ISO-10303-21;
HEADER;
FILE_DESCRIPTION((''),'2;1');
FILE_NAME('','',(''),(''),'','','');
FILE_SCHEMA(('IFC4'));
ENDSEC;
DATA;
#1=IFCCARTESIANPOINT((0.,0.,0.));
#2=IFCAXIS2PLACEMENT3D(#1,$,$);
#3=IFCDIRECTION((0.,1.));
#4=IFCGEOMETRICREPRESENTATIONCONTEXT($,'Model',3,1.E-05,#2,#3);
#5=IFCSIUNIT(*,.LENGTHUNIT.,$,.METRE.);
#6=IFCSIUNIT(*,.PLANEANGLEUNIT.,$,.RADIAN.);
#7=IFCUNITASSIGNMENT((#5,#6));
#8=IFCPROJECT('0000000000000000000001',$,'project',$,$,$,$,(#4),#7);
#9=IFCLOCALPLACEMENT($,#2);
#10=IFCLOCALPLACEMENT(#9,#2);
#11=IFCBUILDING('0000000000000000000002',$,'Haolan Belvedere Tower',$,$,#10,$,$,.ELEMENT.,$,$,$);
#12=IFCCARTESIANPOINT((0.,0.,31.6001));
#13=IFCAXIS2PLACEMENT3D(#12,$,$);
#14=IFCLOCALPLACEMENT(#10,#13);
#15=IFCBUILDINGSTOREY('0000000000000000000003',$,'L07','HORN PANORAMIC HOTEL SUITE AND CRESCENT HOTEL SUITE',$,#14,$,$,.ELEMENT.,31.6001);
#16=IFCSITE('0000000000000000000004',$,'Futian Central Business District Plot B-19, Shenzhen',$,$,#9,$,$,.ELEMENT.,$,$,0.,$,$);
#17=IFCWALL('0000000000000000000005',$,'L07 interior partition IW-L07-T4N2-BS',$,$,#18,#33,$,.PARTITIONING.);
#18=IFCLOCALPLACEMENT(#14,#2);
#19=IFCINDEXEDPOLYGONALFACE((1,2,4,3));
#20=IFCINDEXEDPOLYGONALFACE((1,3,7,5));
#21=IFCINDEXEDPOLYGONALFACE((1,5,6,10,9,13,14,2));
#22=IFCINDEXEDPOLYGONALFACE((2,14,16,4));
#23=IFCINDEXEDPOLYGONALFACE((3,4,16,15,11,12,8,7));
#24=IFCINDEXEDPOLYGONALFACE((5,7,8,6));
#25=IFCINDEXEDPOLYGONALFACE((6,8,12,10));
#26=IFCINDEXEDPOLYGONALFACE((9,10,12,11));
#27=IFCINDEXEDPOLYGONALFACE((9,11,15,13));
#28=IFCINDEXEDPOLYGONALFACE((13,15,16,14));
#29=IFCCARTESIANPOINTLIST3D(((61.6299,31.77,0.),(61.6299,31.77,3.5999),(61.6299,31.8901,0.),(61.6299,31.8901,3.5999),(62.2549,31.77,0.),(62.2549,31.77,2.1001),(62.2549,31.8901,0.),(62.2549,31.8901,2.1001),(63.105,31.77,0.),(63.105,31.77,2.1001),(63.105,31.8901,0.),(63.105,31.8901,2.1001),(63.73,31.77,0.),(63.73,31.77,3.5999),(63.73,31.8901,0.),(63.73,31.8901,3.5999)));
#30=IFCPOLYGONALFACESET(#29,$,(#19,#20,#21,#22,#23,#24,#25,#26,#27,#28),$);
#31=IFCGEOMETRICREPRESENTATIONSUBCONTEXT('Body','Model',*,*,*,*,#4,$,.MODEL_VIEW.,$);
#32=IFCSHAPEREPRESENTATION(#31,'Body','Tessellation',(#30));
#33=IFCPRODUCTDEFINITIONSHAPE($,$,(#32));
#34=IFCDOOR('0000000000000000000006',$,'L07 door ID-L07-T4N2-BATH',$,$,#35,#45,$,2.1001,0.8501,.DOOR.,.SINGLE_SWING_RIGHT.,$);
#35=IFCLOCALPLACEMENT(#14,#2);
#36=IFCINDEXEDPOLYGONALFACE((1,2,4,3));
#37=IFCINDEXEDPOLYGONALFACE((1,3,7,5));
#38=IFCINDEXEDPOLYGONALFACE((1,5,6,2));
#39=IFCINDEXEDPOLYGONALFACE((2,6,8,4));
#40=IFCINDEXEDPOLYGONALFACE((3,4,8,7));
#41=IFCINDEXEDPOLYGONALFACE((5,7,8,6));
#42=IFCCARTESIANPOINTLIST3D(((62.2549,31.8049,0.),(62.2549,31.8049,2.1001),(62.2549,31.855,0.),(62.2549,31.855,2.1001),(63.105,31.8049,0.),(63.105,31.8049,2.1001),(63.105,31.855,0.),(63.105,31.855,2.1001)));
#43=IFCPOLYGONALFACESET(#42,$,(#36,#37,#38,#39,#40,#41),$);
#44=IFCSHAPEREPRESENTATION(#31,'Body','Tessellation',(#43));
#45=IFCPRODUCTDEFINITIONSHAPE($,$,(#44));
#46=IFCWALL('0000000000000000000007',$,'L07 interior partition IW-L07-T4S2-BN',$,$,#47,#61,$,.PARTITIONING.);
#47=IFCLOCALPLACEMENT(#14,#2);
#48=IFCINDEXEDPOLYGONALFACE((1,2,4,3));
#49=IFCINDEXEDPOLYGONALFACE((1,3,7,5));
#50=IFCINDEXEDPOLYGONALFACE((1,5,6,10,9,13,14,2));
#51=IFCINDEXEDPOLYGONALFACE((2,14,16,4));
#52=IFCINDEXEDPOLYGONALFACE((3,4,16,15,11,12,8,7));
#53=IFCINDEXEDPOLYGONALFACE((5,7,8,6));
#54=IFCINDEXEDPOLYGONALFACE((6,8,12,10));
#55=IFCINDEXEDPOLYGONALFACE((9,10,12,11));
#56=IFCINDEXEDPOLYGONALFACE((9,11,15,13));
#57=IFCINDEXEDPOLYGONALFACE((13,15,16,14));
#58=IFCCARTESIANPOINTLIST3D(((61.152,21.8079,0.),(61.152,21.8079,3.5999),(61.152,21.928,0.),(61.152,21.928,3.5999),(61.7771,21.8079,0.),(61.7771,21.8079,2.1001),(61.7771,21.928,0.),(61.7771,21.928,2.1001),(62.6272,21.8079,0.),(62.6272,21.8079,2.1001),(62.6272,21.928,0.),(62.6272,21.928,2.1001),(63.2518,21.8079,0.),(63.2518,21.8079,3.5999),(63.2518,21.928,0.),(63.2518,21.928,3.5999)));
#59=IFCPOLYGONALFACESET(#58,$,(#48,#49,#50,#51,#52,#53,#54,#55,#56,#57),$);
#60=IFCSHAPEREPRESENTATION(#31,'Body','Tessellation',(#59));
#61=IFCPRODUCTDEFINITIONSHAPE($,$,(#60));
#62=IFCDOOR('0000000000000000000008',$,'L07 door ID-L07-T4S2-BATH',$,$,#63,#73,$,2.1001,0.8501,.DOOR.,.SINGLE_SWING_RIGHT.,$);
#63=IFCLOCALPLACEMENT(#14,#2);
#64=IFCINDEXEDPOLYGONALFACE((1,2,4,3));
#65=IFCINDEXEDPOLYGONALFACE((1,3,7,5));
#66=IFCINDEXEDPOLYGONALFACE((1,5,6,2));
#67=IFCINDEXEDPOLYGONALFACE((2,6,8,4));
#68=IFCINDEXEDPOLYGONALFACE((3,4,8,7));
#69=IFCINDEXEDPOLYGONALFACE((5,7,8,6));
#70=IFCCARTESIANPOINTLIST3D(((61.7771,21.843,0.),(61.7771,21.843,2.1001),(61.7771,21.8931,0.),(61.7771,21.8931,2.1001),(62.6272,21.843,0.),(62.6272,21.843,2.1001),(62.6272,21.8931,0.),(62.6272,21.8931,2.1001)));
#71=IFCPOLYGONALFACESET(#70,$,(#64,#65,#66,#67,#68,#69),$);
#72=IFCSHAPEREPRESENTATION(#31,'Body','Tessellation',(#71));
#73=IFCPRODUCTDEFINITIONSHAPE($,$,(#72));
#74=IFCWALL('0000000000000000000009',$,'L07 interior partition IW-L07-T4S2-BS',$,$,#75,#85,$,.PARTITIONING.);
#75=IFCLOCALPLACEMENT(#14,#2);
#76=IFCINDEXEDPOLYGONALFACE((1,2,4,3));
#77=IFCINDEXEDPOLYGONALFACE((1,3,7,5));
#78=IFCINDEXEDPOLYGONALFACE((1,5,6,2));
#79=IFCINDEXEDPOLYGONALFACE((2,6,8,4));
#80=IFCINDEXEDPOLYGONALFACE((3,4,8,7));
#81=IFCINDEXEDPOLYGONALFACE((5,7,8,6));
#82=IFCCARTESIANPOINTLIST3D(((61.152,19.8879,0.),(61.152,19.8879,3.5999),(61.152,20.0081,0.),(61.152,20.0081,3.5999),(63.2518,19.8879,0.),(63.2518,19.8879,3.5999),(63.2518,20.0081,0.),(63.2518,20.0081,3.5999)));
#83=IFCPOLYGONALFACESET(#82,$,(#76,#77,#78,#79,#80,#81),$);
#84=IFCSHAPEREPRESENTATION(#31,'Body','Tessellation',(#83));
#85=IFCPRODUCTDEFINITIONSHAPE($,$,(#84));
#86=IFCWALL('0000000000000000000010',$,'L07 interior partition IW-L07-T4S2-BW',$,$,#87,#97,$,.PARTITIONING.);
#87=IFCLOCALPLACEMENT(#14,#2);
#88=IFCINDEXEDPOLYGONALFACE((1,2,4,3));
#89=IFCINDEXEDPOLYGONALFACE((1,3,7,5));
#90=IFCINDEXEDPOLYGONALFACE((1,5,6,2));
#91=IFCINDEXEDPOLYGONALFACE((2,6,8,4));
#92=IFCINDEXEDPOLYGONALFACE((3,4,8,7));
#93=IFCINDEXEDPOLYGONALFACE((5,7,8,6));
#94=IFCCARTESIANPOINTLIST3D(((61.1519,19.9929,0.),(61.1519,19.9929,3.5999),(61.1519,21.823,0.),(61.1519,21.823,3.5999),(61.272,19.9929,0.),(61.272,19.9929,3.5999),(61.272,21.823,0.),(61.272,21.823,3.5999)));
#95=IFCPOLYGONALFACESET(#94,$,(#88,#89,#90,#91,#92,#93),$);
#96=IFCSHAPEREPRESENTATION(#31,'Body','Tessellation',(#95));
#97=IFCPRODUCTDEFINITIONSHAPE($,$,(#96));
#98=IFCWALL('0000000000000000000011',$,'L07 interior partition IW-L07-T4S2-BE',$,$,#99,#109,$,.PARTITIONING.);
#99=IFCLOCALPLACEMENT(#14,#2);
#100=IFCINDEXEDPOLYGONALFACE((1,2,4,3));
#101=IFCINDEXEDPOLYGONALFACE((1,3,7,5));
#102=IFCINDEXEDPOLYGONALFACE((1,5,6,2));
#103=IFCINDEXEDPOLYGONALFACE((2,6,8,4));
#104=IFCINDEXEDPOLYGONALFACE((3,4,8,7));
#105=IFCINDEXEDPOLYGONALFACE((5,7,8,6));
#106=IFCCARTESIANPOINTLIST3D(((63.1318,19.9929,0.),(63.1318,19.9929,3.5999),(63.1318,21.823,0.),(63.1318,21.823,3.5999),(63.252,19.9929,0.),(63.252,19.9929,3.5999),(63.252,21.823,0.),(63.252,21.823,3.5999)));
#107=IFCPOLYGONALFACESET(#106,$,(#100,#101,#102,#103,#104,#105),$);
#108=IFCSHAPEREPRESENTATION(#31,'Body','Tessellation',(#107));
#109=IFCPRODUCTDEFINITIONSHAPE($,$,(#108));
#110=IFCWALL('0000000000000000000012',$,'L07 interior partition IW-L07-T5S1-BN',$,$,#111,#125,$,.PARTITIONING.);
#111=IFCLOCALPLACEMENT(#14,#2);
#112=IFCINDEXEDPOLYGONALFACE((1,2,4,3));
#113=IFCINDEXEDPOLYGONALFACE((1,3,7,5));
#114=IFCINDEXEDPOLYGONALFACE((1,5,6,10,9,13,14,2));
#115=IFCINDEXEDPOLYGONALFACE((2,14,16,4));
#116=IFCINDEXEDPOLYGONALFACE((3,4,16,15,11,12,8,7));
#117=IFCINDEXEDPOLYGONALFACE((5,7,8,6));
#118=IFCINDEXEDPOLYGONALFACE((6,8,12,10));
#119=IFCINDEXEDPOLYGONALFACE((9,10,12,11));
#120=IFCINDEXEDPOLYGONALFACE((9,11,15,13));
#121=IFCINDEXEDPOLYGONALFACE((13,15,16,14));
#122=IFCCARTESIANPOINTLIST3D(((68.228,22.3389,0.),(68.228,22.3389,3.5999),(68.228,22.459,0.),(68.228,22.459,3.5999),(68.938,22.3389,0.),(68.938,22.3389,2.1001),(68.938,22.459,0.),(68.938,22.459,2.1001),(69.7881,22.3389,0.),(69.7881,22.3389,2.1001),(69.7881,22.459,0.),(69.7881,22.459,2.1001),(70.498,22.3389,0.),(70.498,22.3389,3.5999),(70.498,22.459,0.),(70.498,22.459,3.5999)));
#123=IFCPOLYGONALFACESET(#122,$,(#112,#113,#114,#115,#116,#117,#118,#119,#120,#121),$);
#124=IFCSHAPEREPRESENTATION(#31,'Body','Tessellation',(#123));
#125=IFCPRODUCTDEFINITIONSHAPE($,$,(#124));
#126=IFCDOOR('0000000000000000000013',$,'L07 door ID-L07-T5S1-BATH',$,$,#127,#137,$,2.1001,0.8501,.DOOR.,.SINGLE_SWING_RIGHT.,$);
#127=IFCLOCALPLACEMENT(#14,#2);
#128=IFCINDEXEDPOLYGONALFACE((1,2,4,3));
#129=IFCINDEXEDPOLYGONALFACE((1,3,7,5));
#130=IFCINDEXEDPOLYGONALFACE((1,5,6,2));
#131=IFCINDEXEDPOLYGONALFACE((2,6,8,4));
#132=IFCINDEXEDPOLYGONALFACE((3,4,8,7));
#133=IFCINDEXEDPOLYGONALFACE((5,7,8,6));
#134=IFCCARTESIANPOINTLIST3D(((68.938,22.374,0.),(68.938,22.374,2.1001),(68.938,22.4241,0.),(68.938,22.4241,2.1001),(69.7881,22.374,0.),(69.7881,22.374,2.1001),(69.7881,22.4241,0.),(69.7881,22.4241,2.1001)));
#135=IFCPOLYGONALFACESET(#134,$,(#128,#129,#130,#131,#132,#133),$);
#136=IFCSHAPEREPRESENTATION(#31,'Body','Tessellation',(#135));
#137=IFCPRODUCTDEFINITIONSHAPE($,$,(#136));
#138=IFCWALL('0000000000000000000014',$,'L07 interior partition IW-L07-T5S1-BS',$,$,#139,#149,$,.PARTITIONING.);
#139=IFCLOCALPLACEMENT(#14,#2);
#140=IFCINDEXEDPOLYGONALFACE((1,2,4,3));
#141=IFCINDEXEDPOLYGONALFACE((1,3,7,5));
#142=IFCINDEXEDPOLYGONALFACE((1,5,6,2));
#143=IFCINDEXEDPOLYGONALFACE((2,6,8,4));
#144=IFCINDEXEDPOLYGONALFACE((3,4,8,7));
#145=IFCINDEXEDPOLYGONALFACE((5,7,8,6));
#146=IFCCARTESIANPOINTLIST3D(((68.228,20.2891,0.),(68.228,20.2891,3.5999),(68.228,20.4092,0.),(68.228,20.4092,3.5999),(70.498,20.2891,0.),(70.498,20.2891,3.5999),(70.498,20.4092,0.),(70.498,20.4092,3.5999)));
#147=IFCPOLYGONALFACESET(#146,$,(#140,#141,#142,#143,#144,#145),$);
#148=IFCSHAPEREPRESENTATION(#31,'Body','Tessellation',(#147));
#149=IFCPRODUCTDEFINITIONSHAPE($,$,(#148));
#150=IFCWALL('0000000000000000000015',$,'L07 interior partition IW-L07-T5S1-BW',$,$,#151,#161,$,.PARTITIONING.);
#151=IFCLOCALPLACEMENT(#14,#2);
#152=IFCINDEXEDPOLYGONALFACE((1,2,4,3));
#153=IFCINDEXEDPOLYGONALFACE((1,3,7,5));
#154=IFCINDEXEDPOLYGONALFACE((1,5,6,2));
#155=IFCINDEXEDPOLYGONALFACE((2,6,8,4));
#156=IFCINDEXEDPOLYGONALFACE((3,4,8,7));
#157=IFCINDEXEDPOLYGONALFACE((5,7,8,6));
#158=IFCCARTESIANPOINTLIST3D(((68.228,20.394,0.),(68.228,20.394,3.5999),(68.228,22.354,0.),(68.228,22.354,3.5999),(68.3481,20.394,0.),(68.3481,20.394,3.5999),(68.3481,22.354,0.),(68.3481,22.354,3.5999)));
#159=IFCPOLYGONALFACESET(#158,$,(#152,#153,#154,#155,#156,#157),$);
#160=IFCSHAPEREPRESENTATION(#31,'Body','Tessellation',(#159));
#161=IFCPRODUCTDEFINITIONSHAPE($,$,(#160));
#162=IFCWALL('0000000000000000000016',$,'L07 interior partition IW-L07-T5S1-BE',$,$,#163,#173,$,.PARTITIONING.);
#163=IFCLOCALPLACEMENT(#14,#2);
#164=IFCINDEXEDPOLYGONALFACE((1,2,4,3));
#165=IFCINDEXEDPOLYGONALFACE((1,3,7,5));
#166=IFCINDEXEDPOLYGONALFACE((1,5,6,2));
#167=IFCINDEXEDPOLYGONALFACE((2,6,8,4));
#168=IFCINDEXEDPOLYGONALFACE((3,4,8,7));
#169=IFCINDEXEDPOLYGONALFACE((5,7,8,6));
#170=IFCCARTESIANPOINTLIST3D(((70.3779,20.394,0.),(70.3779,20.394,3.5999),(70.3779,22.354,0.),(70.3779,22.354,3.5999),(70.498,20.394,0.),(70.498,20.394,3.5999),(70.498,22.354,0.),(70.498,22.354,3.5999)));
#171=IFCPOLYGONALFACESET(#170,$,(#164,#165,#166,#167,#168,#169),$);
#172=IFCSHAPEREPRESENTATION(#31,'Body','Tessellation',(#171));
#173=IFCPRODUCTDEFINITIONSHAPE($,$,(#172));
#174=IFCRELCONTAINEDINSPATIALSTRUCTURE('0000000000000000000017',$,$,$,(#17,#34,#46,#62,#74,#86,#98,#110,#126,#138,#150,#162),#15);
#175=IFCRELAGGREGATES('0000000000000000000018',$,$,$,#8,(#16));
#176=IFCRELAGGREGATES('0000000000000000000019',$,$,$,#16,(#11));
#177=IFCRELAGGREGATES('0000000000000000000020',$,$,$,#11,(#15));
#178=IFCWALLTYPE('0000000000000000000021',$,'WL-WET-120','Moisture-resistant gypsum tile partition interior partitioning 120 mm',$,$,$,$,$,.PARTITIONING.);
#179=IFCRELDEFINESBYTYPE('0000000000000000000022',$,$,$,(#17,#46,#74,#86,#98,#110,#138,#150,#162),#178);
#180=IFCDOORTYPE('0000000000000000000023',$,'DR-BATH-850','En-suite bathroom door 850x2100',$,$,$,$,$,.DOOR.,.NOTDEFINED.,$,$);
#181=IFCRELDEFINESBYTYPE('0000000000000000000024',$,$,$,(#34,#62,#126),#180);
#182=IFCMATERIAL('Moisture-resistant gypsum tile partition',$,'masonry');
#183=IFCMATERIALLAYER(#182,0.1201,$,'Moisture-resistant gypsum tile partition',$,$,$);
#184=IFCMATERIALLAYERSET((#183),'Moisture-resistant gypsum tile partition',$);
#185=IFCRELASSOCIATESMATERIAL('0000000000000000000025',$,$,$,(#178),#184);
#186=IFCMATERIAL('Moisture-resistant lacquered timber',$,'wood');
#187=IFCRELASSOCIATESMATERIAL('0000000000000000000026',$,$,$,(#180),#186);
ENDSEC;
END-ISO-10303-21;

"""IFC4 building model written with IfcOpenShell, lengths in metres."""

from ifc_helpers import new_model, si_unit, direction, frame, frame_2d, origin, place, context, subcontext, project, spatial, rectangle, extrude, material, layer, layer_set, type_object, element, fill, save


model = new_model("IFC4")

# Units and contexts
model_context = context("Model", 3, precision=1e-05, world=origin(), true_north=direction((0.0, 1.0)))
body_context = subcontext(model_context, "Body", "Model", "MODEL_VIEW")
ifc_project = project(units=[si_unit("LENGTHUNIT", "METRE"), si_unit("PLANEANGLEUNIT", "RADIAN")], contexts=[model_context])

# Site, building, storey
site_placement = place(None, origin())
site = spatial("IfcSite", under=ifc_project, at=site_placement, Name="Futian Central Business District Plot B-19, Shenzhen", CompositionType="ELEMENT", RefElevation=0.0)
building_placement = place(site_placement, origin())
building = spatial("IfcBuilding", under=site, at=building_placement, Name="Haolan Belvedere Tower", CompositionType="ELEMENT")
storey_placement = place(building_placement, frame((0.0, 0.0, 31.6001)))
storey = spatial("IfcBuildingStorey", under=building, at=storey_placement, Name="L07", Description="HORN PANORAMIC HOTEL SUITE AND CRESCENT HOTEL SUITE", CompositionType="ELEMENT", Elevation=31.6001)

# Shared definitions
ifc_material_1 = material(Name="Moisture-resistant gypsum tile partition", Category="masonry")
ifc_layer_1 = layer(ifc_material_1, 0.1201, Name="Moisture-resistant gypsum tile partition")
ifc_layer_set_1 = layer_set([ifc_layer_1], Name="Moisture-resistant gypsum tile partition")
wall_type_1 = type_object("IfcWallType", Name="WL-WET-120", Description="Moisture-resistant gypsum tile partition interior partitioning 120 mm", PredefinedType="PARTITIONING", material=ifc_layer_set_1)

# Walls, openings, doors
wall_1_placement = place(storey_placement, frame((61.6299, 31.8301, 0.0), z_axis=(0.0, 0.0, 1.0), x_axis=(1.0, 0.0, 0.0)))
wall_1 = element("IfcWall", 1, at=wall_1_placement, inside=storey, type_object=wall_type_1, Name="L07 interior partition IW-L07-T4N2-BS", PredefinedType="PARTITIONING", context=body_context, shape_type="SweptSolid", body=[
    extrude(rectangle(XDim=2.1001, YDim=0.1201, at=frame_2d((1.05, 0.0))), origin(), (0.0, 0.0, 1.0), 3.5999),
])
opening_1_placement = place(wall_1_placement, frame((0.625, 0.0, 0.0)))
opening_1 = element("IfcOpeningElement", 2, at=opening_1_placement, cuts=wall_1, PredefinedType="OPENING", context=body_context, shape_type="SweptSolid", body=[
    extrude(rectangle(XDim=0.8501, YDim=2.1001, at=frame_2d((0.425, 1.05))), frame((0.0, 0.0701, 0.0), z_axis=(0.0, -1.0, 0.0), x_axis=(1.0, 0.0, 0.0)), (0.0, 0.0, 1.0), 0.1401),
])
ifc_material_2 = material(Name="Moisture-resistant lacquered timber", Category="wood")
door_type_1 = type_object("IfcDoorType", Name="DR-BATH-850", Description="En-suite bathroom door 850x2100", OperationType="NOTDEFINED", PredefinedType="DOOR", material=ifc_material_2)
door_1_placement = place(opening_1_placement, origin())
door_1 = element("IfcDoor", 3, at=door_1_placement, inside=storey, type_object=door_type_1, Name="L07 door ID-L07-T4N2-BATH", OperationType="SINGLE_SWING_RIGHT", OverallHeight=2.1001, OverallWidth=0.8501, PredefinedType="DOOR", context=body_context, shape_type="SweptSolid", body=[
    extrude(rectangle(XDim=0.8501, YDim=2.1001, at=frame_2d((0.425, 1.05))), frame((0.0, 0.0249, 0.0), z_axis=(0.0, -1.0, 0.0), x_axis=(1.0, 0.0, 0.0)), (0.0, 0.0, 1.0), 0.05),
])
fill(opening_1, door_1)
wall_2_placement = place(storey_placement, frame((61.1521, 21.8679, 0.0), z_axis=(0.0, 0.0, 1.0), x_axis=(1.0, 0.0, 0.0)))
wall_2 = element("IfcWall", 4, at=wall_2_placement, inside=storey, type_object=wall_type_1, Name="L07 interior partition IW-L07-T4S2-BN", PredefinedType="PARTITIONING", context=body_context, shape_type="SweptSolid", body=[
    extrude(rectangle(XDim=2.0999, YDim=0.1201, at=frame_2d((1.0498, 0.0))), origin(), (0.0, 0.0, 1.0), 3.5999),
])
opening_2_placement = place(wall_2_placement, frame((1.4751, 0.0, 0.0), z_axis=(0.0, 0.0, 1.0), x_axis=(-1.0, 0.0, 0.0)))
opening_2 = element("IfcOpeningElement", 5, at=opening_2_placement, cuts=wall_2, PredefinedType="OPENING", context=body_context, shape_type="SweptSolid", body=[
    extrude(rectangle(XDim=0.8501, YDim=2.1001, at=frame_2d((0.425, 1.05))), frame((0.0, 0.0701, 0.0), z_axis=(0.0, -1.0, 0.0), x_axis=(1.0, 0.0, 0.0)), (0.0, 0.0, 1.0), 0.1401),
])
door_2_placement = place(opening_2_placement, origin())
door_2 = element("IfcDoor", 6, at=door_2_placement, inside=storey, type_object=door_type_1, Name="L07 door ID-L07-T4S2-BATH", OperationType="SINGLE_SWING_RIGHT", OverallHeight=2.1001, OverallWidth=0.8501, PredefinedType="DOOR", context=body_context, shape_type="SweptSolid", body=[
    extrude(rectangle(XDim=0.8501, YDim=2.1001, at=frame_2d((0.425, 1.05))), frame((0.0, 0.0249, 0.0), z_axis=(0.0, -1.0, 0.0), x_axis=(1.0, 0.0, 0.0)), (0.0, 0.0, 1.0), 0.05),
])
fill(opening_2, door_2)

# Walls
wall_3_placement = place(storey_placement, frame((61.1521, 19.948, 0.0), z_axis=(0.0, 0.0, 1.0), x_axis=(1.0, 0.0, 0.0)))
element("IfcWall", 7, at=wall_3_placement, inside=storey, type_object=wall_type_1, Name="L07 interior partition IW-L07-T4S2-BS", PredefinedType="PARTITIONING", context=body_context, shape_type="SweptSolid", body=[
    extrude(rectangle(XDim=2.0999, YDim=0.1201, at=frame_2d((1.0498, 0.0))), origin(), (0.0, 0.0, 1.0), 3.5999),
])
for number, where, z_axis, x_axis, name in (
    (8, (61.2119, 19.9929, 0.0), (0.0, 0.0, 1.0), (0.0, 1.0, 0.0), "L07 interior partition IW-L07-T4S2-BW"),
    (9, (63.1919, 19.9929, 0.0), (0.0, 0.0, 1.0), (0.0, 1.0, 0.0), "L07 interior partition IW-L07-T4S2-BE"),
):
    element("IfcWall", number, at=place(storey_placement, frame(where, z_axis=z_axis, x_axis=x_axis)), inside=storey, type_object=wall_type_1, Name=name, PredefinedType="PARTITIONING", context=body_context, shape_type="SweptSolid", body=[
        extrude(rectangle(XDim=1.8301, YDim=0.1201, at=frame_2d((0.915, 0.0))), origin(), (0.0, 0.0, 1.0), 3.5999),
    ])

# Wall, opening, door
wall_4_placement = place(storey_placement, frame((68.228, 22.3989, 0.0), z_axis=(0.0, 0.0, 1.0), x_axis=(1.0, 0.0, 0.0)))
wall_4 = element("IfcWall", 10, at=wall_4_placement, inside=storey, type_object=wall_type_1, Name="L07 interior partition IW-L07-T5S1-BN", PredefinedType="PARTITIONING", context=body_context, shape_type="SweptSolid", body=[
    extrude(rectangle(XDim=2.27, YDim=0.1201, at=frame_2d((1.135, 0.0))), origin(), (0.0, 0.0, 1.0), 3.5999),
])
opening_3_placement = place(wall_4_placement, frame((1.5601, 0.0, 0.0), z_axis=(0.0, 0.0, 1.0), x_axis=(-1.0, 0.0, 0.0)))
opening_3 = element("IfcOpeningElement", 11, at=opening_3_placement, cuts=wall_4, PredefinedType="OPENING", context=body_context, shape_type="SweptSolid", body=[
    extrude(rectangle(XDim=0.8501, YDim=2.1001, at=frame_2d((0.425, 1.05))), frame((0.0, 0.0701, 0.0), z_axis=(0.0, -1.0, 0.0), x_axis=(1.0, 0.0, 0.0)), (0.0, 0.0, 1.0), 0.1401),
])
door_3_placement = place(opening_3_placement, origin())
door_3 = element("IfcDoor", 12, at=door_3_placement, inside=storey, type_object=door_type_1, Name="L07 door ID-L07-T5S1-BATH", OperationType="SINGLE_SWING_RIGHT", OverallHeight=2.1001, OverallWidth=0.8501, PredefinedType="DOOR", context=body_context, shape_type="SweptSolid", body=[
    extrude(rectangle(XDim=0.8501, YDim=2.1001, at=frame_2d((0.425, 1.05))), frame((0.0, 0.0249, 0.0), z_axis=(0.0, -1.0, 0.0), x_axis=(1.0, 0.0, 0.0)), (0.0, 0.0, 1.0), 0.05),
])
fill(opening_3, door_3)

# Walls
wall_5_placement = place(storey_placement, frame((68.228, 20.3491, 0.0), z_axis=(0.0, 0.0, 1.0), x_axis=(1.0, 0.0, 0.0)))
element("IfcWall", 13, at=wall_5_placement, inside=storey, type_object=wall_type_1, Name="L07 interior partition IW-L07-T5S1-BS", PredefinedType="PARTITIONING", context=body_context, shape_type="SweptSolid", body=[
    extrude(rectangle(XDim=2.27, YDim=0.1201, at=frame_2d((1.135, 0.0))), origin(), (0.0, 0.0, 1.0), 3.5999),
])
for number, where, z_axis, x_axis, name in (
    (14, (68.2881, 20.394, 0.0), (0.0, 0.0, 1.0), (0.0, 1.0, 0.0), "L07 interior partition IW-L07-T5S1-BW"),
    (15, (70.438, 20.394, 0.0), (0.0, 0.0, 1.0), (0.0, 1.0, 0.0), "L07 interior partition IW-L07-T5S1-BE"),
):
    element("IfcWall", number, at=place(storey_placement, frame(where, z_axis=z_axis, x_axis=x_axis)), inside=storey, type_object=wall_type_1, Name=name, PredefinedType="PARTITIONING", context=body_context, shape_type="SweptSolid", body=[
        extrude(rectangle(XDim=1.96, YDim=0.1201, at=frame_2d((0.98, 0.0))), origin(), (0.0, 0.0, 1.0), 3.5999),
    ])

save(model, "model.ifc")
